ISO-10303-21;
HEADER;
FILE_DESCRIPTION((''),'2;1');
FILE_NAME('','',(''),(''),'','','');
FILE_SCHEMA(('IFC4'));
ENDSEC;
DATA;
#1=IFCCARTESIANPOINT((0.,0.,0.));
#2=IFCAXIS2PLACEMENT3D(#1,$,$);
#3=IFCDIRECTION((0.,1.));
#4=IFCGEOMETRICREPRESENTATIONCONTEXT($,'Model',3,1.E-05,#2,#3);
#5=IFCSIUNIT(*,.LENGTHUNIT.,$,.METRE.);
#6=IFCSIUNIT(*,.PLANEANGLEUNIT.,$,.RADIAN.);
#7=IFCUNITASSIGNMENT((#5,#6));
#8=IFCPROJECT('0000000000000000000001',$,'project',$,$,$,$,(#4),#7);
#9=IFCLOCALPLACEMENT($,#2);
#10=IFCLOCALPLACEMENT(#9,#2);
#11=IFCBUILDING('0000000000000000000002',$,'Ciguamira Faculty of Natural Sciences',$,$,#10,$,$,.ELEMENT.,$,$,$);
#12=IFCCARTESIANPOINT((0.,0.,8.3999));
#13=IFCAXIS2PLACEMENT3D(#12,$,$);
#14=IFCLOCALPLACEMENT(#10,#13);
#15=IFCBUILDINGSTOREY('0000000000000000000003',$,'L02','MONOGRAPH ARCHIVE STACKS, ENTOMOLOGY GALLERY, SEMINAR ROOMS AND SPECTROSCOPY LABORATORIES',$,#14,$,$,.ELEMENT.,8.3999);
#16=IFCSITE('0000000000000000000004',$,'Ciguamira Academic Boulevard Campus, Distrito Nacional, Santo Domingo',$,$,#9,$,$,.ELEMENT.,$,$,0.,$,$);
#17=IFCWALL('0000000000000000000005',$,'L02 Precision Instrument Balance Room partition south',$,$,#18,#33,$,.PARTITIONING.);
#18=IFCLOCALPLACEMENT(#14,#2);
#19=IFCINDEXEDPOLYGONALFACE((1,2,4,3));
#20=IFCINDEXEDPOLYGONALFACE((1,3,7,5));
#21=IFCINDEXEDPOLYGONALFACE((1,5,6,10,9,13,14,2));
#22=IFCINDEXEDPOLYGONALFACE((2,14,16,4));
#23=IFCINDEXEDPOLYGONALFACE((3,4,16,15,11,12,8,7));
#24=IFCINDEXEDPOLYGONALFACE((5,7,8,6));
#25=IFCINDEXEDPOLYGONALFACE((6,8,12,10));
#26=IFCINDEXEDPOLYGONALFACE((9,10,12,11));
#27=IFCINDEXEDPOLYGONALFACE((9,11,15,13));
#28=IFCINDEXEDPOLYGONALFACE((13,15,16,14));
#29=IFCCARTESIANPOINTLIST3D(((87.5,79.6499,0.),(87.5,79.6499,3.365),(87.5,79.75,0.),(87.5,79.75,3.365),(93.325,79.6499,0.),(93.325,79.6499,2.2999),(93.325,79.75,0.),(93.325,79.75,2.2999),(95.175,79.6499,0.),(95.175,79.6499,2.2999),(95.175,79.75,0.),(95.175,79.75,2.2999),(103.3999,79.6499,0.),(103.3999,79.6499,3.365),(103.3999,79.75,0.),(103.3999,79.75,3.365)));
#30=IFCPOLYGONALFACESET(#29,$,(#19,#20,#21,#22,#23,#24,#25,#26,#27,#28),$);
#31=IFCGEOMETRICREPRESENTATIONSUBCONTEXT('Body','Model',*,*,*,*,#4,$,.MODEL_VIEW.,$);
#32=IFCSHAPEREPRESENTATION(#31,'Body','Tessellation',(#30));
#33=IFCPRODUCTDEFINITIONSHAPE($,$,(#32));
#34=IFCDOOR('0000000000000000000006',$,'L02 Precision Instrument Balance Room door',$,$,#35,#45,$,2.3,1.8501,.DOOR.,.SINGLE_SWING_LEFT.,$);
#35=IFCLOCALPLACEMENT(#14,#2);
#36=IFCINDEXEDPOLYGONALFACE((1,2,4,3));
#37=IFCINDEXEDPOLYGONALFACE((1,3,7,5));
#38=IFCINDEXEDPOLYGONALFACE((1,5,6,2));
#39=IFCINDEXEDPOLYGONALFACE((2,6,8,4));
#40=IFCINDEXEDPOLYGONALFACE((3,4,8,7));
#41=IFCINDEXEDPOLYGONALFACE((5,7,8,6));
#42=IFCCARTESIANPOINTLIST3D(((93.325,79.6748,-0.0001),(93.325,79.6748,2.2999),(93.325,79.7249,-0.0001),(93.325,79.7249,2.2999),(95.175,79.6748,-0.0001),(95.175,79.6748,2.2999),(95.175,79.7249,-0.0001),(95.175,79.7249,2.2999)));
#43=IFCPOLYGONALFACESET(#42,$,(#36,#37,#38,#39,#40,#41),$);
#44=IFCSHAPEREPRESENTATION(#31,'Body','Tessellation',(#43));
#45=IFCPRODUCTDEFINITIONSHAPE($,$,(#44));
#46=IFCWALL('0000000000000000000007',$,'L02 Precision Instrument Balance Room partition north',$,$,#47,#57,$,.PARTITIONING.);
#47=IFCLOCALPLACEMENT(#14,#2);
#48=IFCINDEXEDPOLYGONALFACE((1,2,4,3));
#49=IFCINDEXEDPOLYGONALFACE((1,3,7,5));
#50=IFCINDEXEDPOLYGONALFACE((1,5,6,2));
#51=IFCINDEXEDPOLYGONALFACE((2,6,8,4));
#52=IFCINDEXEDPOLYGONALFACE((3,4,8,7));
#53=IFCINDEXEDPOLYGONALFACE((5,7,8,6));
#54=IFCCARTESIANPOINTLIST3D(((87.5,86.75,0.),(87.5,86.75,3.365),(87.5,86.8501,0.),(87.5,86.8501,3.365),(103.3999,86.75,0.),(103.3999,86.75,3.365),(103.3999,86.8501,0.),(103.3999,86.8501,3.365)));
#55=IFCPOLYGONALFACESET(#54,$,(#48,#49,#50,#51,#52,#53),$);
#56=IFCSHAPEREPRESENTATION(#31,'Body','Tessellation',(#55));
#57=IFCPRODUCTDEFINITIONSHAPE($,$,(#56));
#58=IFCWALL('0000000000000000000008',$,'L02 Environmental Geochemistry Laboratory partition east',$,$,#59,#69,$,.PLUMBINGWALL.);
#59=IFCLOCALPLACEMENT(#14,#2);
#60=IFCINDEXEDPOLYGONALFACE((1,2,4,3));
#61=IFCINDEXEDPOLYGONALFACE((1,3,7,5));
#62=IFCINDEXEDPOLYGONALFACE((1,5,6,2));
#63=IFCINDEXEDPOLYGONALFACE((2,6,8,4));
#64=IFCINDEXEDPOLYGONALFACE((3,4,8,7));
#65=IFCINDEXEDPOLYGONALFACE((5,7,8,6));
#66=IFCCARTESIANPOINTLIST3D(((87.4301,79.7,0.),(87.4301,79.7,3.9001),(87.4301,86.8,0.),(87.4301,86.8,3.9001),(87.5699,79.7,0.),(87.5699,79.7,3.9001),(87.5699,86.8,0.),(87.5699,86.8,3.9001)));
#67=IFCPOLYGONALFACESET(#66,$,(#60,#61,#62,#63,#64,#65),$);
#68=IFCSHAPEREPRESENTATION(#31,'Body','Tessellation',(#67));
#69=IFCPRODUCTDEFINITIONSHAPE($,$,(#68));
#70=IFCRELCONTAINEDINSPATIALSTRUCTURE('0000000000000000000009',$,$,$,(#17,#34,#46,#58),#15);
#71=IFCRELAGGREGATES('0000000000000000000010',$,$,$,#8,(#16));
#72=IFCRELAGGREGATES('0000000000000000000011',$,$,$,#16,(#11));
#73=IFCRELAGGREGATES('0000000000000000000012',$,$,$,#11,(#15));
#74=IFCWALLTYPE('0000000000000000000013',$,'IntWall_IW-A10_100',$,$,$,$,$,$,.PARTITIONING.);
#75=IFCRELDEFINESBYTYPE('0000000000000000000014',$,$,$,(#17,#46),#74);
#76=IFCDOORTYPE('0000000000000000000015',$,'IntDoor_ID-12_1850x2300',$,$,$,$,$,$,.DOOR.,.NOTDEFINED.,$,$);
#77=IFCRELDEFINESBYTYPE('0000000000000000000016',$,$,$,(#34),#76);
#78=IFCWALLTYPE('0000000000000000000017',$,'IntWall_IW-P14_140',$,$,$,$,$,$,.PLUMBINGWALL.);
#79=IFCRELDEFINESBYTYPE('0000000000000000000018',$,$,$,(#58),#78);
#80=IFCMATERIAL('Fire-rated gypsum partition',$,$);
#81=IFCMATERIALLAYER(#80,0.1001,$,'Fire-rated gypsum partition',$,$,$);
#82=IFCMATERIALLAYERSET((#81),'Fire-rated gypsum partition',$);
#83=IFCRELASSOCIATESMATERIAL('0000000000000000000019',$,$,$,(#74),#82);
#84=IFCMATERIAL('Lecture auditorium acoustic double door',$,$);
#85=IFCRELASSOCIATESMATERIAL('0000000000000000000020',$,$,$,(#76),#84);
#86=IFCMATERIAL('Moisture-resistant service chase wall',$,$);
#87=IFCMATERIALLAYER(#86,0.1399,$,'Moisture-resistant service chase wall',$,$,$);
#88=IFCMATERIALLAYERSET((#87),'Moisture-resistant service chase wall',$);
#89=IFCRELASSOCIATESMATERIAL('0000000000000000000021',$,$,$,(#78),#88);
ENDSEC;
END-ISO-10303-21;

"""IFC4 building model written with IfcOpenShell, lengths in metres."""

from ifc_helpers import new_model, si_unit, direction, frame, frame_2d, origin, place, context, subcontext, project, spatial, rectangle, extrude, material, layer, layer_set, type_object, element, fill, save


model = new_model("IFC4")

# Units and contexts
model_context = context("Model", 3, precision=1e-05, world=origin(), true_north=direction((0.0, 1.0)))
body_context = subcontext(model_context, "Body", "Model", "MODEL_VIEW")
ifc_project = project(units=[si_unit("LENGTHUNIT", "METRE"), si_unit("PLANEANGLEUNIT", "RADIAN")], contexts=[model_context])

# Site, building, storey
site_placement = place(None, origin())
site = spatial("IfcSite", under=ifc_project, at=site_placement, Name="Ciguamira Academic Boulevard Campus, Distrito Nacional, Santo Domingo", CompositionType="ELEMENT", RefElevation=0.0)
building_placement = place(site_placement, origin())
building = spatial("IfcBuilding", under=site, at=building_placement, Name="Ciguamira Faculty of Natural Sciences", CompositionType="ELEMENT")
storey_placement = place(building_placement, frame((0.0, 0.0, 8.3999)))
storey = spatial("IfcBuildingStorey", under=building, at=storey_placement, Name="L02", Description="MONOGRAPH ARCHIVE STACKS, ENTOMOLOGY GALLERY, SEMINAR ROOMS AND SPECTROSCOPY LABORATORIES", CompositionType="ELEMENT", Elevation=8.3999)

# Wall, opening, door
ifc_material_1 = material(Name="Fire-rated gypsum partition")
ifc_layer_1 = layer(ifc_material_1, 0.1001, Name="Fire-rated gypsum partition")
ifc_layer_set_1 = layer_set([ifc_layer_1], Name="Fire-rated gypsum partition")
wall_type_1 = type_object("IfcWallType", Name="IntWall_IW-A10_100", PredefinedType="PARTITIONING", material=ifc_layer_set_1)
wall_1_placement = place(storey_placement, frame((87.5, 79.7, 0.0), z_axis=(0.0, 0.0, 1.0), x_axis=(1.0, 0.0, 0.0)))
wall_1 = element("IfcWall", 1, at=wall_1_placement, inside=storey, type_object=wall_type_1, Name="L02 Precision Instrument Balance Room partition south", PredefinedType="PARTITIONING", context=body_context, shape_type="SweptSolid", body=[
    extrude(rectangle(XDim=15.8999, YDim=0.1001, at=frame_2d((7.95, 0.0))), origin(), (0.0, 0.0, 1.0), 3.365),
])
opening_placement = place(wall_1_placement, frame((5.825, 0.0, 0.0)))
opening = element("IfcOpeningElement", 2, at=opening_placement, cuts=wall_1, PredefinedType="OPENING", context=body_context, shape_type="SweptSolid", body=[
    extrude(rectangle(XDim=1.8501, YDim=2.3, at=frame_2d((0.925, 1.1499))), frame((0.0, 0.0601, 0.0), z_axis=(0.0, -1.0, 0.0), x_axis=(1.0, 0.0, 0.0)), (0.0, 0.0, 1.0), 0.1201),
])
ifc_material_2 = material(Name="Lecture auditorium acoustic double door")
door_type = type_object("IfcDoorType", Name="IntDoor_ID-12_1850x2300", OperationType="NOTDEFINED", PredefinedType="DOOR", material=ifc_material_2)
door_placement = place(opening_placement, origin())
door = element("IfcDoor", 3, at=door_placement, inside=storey, type_object=door_type, Name="L02 Precision Instrument Balance Room door", OperationType="SINGLE_SWING_LEFT", OverallHeight=2.3, OverallWidth=1.8501, PredefinedType="DOOR", context=body_context, shape_type="SweptSolid", body=[
    extrude(rectangle(XDim=1.8501, YDim=2.3, at=frame_2d((0.925, 1.1499))), frame((0.0, 0.0249, 0.0), z_axis=(0.0, -1.0, 0.0), x_axis=(1.0, 0.0, 0.0)), (0.0, 0.0, 1.0), 0.05),
])
fill(opening, door)

# Walls
wall_2_placement = place(storey_placement, frame((87.5, 86.8, 0.0), z_axis=(0.0, 0.0, 1.0), x_axis=(1.0, 0.0, 0.0)))
element("IfcWall", 4, at=wall_2_placement, inside=storey, type_object=wall_type_1, Name="L02 Precision Instrument Balance Room partition north", PredefinedType="PARTITIONING", context=body_context, shape_type="SweptSolid", body=[
    extrude(rectangle(XDim=15.8999, YDim=0.1001, at=frame_2d((7.95, 0.0))), origin(), (0.0, 0.0, 1.0), 3.365),
])
ifc_material_3 = material(Name="Moisture-resistant service chase wall")
ifc_layer_2 = layer(ifc_material_3, 0.1399, Name="Moisture-resistant service chase wall")
ifc_layer_set_2 = layer_set([ifc_layer_2], Name="Moisture-resistant service chase wall")
wall_type_2 = type_object("IfcWallType", Name="IntWall_IW-P14_140", PredefinedType="PLUMBINGWALL", material=ifc_layer_set_2)
wall_3_placement = place(storey_placement, frame((87.5, 79.7, 0.0), z_axis=(0.0, 0.0, 1.0), x_axis=(0.0, 1.0, 0.0)))
element("IfcWall", 5, at=wall_3_placement, inside=storey, type_object=wall_type_2, Name="L02 Environmental Geochemistry Laboratory partition east", PredefinedType="PLUMBINGWALL", context=body_context, shape_type="SweptSolid", body=[
    extrude(rectangle(XDim=7.1001, YDim=0.1399, at=frame_2d((3.55, 0.0))), origin(), (0.0, 0.0, 1.0), 3.9001),
])

save(model, "model.ifc")
